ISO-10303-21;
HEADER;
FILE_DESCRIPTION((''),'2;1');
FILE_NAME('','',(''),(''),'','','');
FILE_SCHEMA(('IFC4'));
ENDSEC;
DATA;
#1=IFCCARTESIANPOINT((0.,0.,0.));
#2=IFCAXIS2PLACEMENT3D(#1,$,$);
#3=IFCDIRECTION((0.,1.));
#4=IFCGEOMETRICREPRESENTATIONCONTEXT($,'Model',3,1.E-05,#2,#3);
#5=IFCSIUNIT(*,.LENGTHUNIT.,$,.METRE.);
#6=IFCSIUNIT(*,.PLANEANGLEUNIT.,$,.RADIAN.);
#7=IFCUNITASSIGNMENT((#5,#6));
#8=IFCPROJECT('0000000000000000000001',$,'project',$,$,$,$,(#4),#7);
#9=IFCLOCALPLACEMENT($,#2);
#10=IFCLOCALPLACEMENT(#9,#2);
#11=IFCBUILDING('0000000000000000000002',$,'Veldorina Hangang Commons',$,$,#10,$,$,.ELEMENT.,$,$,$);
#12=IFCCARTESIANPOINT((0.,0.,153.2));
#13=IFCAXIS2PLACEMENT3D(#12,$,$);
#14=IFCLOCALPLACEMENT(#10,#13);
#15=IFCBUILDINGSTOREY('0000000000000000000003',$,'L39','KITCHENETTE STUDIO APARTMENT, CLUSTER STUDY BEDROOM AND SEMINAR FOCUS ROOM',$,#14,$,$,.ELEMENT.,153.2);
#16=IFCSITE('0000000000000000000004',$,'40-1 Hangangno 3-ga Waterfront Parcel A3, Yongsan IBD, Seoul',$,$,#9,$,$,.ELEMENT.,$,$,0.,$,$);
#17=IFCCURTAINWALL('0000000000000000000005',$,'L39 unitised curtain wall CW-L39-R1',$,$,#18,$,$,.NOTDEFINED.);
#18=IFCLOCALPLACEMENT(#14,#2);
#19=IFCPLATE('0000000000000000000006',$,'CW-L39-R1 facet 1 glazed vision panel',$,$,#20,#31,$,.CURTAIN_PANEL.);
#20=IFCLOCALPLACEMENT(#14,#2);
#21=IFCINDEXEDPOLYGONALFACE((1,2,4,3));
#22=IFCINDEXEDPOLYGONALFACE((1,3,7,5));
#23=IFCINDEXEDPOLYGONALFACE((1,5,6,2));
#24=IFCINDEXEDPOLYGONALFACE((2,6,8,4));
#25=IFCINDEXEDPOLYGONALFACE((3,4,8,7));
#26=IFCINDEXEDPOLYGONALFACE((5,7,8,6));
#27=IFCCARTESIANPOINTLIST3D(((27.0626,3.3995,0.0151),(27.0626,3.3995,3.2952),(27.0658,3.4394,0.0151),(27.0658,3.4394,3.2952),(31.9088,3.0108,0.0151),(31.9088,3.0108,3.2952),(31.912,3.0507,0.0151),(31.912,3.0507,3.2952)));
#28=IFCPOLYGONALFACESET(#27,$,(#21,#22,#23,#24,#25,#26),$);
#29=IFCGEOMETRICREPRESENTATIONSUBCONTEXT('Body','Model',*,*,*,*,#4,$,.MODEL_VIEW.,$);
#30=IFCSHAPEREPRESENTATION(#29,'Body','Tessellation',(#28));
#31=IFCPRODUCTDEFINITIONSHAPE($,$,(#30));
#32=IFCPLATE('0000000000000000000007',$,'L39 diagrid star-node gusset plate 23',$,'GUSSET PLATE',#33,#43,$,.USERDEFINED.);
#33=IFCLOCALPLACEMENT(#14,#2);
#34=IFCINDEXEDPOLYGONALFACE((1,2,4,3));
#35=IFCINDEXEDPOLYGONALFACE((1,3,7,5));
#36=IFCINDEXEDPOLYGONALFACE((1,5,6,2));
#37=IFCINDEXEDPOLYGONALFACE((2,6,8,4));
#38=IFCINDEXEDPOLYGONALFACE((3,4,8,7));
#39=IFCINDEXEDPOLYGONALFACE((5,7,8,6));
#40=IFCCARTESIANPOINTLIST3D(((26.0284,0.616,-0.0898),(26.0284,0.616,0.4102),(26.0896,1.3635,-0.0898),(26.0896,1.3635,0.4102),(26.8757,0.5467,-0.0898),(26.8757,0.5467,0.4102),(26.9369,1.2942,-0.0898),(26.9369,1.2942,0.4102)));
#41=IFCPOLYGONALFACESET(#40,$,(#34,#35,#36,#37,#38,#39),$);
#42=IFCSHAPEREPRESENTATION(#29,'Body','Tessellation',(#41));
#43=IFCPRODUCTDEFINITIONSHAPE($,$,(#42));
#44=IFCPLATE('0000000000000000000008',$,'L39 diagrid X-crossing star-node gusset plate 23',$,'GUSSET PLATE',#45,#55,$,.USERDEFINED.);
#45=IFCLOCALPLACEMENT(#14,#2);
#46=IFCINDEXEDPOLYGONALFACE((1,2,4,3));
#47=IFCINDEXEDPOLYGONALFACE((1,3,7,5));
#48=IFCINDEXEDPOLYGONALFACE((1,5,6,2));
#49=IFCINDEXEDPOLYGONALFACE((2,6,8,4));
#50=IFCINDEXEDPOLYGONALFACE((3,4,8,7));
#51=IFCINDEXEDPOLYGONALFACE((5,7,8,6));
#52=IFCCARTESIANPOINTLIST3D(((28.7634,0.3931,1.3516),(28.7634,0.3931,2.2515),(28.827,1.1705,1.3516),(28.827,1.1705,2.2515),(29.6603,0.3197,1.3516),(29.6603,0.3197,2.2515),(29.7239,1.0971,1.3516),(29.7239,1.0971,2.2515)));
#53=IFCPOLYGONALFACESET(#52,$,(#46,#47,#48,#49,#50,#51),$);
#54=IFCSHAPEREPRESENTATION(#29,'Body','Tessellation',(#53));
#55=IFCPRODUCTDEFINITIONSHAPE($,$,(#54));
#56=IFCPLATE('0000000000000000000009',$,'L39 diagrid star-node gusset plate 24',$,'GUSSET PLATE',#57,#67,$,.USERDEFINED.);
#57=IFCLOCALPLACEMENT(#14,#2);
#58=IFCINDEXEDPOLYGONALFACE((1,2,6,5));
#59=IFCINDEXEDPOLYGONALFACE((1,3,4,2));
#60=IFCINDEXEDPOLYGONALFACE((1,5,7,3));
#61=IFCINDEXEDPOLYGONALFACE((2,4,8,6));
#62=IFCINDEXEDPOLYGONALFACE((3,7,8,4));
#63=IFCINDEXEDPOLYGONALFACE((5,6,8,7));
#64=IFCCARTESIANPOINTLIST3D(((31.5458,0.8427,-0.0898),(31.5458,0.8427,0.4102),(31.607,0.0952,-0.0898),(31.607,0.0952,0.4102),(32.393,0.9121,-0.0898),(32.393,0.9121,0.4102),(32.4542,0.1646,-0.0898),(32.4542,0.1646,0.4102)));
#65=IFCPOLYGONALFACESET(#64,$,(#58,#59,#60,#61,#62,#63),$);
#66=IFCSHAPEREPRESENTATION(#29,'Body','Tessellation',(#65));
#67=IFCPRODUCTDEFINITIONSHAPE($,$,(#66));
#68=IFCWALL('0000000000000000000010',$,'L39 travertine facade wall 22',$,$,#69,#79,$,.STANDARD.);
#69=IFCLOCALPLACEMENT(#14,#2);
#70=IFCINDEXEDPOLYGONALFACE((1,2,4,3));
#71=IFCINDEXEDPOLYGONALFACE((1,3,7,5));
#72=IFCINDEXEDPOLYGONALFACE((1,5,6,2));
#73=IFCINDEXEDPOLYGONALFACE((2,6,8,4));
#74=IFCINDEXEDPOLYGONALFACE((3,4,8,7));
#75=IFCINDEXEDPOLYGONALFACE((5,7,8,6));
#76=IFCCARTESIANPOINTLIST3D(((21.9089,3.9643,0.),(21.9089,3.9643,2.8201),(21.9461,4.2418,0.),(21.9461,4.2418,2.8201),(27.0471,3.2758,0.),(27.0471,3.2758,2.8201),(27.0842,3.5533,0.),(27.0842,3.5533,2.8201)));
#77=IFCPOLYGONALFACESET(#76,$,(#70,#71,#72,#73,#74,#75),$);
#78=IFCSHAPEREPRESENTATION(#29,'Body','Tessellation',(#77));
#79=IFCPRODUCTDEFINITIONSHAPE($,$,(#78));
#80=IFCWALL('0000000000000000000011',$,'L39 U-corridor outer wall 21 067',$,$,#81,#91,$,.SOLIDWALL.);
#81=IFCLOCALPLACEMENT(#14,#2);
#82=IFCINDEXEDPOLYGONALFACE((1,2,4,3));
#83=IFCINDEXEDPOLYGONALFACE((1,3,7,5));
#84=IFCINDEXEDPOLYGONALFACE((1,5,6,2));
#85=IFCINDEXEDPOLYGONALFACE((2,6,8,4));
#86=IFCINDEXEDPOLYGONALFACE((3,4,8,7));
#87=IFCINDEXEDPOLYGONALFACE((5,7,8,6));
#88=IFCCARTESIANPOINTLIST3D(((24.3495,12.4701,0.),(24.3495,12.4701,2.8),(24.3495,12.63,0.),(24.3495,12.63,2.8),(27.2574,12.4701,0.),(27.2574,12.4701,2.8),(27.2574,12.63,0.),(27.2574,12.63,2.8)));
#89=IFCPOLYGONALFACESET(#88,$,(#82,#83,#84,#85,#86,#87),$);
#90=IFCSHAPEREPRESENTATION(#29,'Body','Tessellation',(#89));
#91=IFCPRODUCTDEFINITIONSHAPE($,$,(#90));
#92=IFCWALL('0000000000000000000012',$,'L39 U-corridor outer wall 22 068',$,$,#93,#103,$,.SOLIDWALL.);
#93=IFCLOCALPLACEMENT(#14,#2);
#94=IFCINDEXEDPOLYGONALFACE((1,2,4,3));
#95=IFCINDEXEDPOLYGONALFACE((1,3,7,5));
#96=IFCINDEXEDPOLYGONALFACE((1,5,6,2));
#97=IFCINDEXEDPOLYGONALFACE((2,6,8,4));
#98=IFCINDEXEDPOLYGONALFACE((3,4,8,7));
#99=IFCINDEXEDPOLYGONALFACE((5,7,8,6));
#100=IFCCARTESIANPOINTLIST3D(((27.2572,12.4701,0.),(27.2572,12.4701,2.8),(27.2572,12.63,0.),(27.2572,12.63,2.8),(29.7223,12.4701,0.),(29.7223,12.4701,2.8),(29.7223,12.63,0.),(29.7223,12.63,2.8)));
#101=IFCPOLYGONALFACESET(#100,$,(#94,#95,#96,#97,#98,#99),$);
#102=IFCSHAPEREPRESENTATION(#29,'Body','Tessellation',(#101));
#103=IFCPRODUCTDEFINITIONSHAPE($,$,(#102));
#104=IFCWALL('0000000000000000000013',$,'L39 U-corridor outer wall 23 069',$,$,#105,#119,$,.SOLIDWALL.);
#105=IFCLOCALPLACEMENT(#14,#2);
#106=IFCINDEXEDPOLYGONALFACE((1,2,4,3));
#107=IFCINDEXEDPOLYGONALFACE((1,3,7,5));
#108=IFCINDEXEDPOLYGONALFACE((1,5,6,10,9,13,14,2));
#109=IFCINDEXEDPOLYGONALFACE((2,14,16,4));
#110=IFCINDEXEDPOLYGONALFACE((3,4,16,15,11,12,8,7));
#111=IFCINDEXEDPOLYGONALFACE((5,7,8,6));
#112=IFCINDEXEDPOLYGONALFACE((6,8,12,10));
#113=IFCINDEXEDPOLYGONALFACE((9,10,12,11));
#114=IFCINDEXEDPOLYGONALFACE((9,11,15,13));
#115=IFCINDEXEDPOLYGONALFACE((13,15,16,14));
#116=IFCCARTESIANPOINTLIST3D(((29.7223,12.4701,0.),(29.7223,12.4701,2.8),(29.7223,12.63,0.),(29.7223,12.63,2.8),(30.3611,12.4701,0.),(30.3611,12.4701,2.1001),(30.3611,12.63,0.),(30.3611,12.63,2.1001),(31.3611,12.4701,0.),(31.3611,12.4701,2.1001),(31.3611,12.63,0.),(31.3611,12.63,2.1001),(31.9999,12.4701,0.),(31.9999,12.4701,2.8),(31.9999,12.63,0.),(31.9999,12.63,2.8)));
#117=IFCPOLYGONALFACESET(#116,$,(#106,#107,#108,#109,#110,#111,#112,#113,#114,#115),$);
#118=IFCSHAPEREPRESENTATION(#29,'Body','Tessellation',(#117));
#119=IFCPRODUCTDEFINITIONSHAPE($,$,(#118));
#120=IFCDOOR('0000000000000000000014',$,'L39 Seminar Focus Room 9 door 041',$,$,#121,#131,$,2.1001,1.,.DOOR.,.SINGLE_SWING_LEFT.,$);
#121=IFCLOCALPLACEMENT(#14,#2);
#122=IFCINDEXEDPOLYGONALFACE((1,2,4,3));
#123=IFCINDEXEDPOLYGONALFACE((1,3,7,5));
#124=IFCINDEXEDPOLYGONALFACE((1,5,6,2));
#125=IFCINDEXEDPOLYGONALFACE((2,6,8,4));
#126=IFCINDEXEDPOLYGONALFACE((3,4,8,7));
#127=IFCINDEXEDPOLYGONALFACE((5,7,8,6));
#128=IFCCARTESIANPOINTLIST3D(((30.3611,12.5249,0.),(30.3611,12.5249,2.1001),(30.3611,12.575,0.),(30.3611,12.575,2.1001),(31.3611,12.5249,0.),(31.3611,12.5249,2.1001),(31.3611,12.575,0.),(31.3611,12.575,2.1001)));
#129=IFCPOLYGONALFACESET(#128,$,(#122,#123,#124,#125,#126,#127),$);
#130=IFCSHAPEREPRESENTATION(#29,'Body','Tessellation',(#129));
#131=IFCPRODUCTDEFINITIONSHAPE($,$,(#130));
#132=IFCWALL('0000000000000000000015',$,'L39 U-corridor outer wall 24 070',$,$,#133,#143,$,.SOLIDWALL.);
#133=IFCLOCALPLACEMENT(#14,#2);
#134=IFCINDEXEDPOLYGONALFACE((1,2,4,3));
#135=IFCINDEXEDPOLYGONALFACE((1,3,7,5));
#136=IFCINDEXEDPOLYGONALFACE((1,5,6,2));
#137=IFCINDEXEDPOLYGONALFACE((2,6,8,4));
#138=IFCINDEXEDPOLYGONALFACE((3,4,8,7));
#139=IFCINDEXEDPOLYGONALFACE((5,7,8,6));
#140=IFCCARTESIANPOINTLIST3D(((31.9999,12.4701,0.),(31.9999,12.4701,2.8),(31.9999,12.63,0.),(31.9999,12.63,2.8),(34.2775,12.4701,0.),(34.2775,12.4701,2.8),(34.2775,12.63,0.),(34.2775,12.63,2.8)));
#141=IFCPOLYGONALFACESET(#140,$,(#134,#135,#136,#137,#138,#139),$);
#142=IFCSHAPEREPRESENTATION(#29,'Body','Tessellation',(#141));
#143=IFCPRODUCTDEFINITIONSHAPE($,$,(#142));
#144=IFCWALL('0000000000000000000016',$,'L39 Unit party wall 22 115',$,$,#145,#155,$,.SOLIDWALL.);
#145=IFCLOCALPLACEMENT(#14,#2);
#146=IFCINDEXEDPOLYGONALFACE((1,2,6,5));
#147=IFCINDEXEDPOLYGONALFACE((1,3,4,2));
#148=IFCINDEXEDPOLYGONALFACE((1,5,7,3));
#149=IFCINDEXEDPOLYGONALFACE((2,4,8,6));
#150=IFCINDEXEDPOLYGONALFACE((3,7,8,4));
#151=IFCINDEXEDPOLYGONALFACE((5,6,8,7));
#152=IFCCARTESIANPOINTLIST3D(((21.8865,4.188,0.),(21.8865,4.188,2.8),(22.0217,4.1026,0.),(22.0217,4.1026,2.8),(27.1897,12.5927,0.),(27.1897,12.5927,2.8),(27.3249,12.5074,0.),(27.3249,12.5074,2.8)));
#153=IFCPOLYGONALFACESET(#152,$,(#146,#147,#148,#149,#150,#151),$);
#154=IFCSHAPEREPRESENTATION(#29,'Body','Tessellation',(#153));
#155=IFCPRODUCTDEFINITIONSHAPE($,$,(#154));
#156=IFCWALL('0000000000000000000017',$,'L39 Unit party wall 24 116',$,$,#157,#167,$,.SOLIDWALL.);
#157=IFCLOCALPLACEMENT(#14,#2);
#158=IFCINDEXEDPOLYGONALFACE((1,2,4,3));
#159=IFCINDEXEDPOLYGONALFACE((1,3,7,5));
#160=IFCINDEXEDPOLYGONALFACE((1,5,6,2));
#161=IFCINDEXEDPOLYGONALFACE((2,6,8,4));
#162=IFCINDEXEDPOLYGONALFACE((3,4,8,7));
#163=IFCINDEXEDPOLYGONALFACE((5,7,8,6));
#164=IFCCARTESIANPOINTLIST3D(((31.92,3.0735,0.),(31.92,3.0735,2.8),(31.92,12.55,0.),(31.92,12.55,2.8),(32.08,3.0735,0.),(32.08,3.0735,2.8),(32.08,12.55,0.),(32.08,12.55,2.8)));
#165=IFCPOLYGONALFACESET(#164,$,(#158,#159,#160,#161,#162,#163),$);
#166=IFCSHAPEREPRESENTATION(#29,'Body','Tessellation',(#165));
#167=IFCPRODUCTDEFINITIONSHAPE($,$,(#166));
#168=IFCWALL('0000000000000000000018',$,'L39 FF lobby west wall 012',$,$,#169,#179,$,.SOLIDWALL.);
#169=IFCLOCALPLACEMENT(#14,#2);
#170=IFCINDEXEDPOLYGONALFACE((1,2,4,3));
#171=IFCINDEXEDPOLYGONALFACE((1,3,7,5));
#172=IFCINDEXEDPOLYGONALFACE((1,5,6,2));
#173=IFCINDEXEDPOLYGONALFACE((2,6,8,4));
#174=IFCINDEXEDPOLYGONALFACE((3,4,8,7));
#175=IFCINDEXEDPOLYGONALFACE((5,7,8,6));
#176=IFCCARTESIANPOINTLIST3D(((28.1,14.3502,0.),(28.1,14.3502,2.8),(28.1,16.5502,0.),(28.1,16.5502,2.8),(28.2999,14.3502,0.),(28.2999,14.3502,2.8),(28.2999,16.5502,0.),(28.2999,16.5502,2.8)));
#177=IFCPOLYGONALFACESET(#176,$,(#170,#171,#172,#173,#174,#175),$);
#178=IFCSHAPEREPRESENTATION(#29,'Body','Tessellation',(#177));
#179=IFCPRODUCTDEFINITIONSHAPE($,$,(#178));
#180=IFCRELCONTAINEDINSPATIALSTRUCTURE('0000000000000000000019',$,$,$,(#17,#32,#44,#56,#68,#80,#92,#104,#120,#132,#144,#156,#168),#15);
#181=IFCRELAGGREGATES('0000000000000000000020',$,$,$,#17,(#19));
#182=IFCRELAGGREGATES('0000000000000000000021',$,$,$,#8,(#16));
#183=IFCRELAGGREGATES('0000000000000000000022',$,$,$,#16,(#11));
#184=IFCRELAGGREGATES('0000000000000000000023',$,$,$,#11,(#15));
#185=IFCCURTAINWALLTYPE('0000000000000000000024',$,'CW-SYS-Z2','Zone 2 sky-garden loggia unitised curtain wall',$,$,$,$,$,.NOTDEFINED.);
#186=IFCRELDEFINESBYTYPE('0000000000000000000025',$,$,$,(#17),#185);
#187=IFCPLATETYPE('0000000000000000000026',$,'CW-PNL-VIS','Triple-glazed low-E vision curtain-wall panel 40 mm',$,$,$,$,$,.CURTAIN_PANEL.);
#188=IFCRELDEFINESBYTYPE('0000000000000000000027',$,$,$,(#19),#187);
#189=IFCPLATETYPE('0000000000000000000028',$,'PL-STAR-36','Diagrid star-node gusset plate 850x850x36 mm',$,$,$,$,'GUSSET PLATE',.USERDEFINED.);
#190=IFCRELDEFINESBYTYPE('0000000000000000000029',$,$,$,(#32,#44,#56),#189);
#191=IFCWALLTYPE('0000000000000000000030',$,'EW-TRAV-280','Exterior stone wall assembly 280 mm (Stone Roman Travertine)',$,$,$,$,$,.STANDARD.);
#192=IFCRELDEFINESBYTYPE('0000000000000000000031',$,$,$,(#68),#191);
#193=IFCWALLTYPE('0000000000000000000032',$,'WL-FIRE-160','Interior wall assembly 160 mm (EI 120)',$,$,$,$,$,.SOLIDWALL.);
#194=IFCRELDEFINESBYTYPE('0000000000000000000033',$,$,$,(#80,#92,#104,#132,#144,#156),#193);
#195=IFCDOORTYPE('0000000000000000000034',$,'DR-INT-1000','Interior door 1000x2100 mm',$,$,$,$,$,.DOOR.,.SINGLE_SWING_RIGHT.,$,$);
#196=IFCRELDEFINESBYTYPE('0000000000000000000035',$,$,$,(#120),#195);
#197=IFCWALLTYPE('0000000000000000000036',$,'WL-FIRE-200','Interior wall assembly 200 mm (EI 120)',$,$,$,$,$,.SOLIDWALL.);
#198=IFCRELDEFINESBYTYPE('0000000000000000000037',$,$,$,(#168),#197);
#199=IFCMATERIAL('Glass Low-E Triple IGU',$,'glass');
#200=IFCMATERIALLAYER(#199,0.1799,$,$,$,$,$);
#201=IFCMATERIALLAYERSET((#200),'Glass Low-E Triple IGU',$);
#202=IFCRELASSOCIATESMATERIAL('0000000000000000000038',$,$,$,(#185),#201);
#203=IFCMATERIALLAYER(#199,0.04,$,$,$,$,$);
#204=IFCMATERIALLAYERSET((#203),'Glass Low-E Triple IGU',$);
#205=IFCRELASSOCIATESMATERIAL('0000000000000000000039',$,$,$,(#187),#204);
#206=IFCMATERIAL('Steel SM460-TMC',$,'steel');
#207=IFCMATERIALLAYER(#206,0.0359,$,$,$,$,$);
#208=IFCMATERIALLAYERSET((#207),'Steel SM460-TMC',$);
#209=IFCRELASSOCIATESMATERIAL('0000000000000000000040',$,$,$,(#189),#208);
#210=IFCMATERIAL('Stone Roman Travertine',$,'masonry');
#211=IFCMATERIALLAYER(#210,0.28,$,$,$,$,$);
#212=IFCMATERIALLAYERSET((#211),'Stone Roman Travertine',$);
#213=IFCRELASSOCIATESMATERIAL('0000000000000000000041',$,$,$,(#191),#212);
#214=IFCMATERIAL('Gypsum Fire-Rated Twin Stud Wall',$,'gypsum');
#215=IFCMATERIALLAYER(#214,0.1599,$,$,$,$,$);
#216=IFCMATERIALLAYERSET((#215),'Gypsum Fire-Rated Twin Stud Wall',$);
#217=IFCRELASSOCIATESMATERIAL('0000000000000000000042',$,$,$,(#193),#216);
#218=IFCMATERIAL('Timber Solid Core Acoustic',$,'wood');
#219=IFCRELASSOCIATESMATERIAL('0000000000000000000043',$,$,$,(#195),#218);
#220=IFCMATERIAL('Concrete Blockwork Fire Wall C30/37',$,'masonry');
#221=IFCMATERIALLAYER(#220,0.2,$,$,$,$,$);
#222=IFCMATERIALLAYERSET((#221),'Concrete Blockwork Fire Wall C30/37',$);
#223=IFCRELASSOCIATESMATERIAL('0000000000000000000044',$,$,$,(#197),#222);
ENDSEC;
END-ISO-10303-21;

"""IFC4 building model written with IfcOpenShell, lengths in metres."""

from ifc_helpers import new_model, si_unit, direction, frame, frame_2d, origin, origin_2d, place, context, subcontext, project, spatial, rectangle, extrude, material, layer, layer_set, type_object, element, fill, aggregate, save


model = new_model("IFC4")

# Units and contexts
model_context = context("Model", 3, precision=1e-05, world=origin(), true_north=direction((0.0, 1.0)))
body_context = subcontext(model_context, "Body", "Model", "MODEL_VIEW")
ifc_project = project(units=[si_unit("LENGTHUNIT", "METRE"), si_unit("PLANEANGLEUNIT", "RADIAN")], contexts=[model_context])

# Site, building, storey
site_placement = place(None, origin())
site = spatial("IfcSite", under=ifc_project, at=site_placement, Name="40-1 Hangangno 3-ga Waterfront Parcel A3, Yongsan IBD, Seoul", CompositionType="ELEMENT", RefElevation=0.0)
building_placement = place(site_placement, origin())
building = spatial("IfcBuilding", under=site, at=building_placement, Name="Veldorina Hangang Commons", CompositionType="ELEMENT")
storey_placement = place(building_placement, frame((0.0, 0.0, 153.2)))
storey = spatial("IfcBuildingStorey", under=building, at=storey_placement, Name="L39", Description="KITCHENETTE STUDIO APARTMENT, CLUSTER STUDY BEDROOM AND SEMINAR FOCUS ROOM", CompositionType="ELEMENT", Elevation=153.2)

# Curtain wall
ifc_material_1 = material(Name="Glass Low-E Triple IGU", Category="glass")
ifc_layer_1 = layer(ifc_material_1, 0.1799)
ifc_layer_set_1 = layer_set([ifc_layer_1], Name="Glass Low-E Triple IGU")
curtain_wall_type = type_object("IfcCurtainWallType", Name="CW-SYS-Z2", Description="Zone 2 sky-garden loggia unitised curtain wall", PredefinedType="NOTDEFINED", material=ifc_layer_set_1)
curtain_wall_placement = place(storey_placement, origin())
curtain_wall = element("IfcCurtainWall", 1, at=curtain_wall_placement, inside=storey, type_object=curtain_wall_type, Name="L39 unitised curtain wall CW-L39-R1", PredefinedType="NOTDEFINED")

# Plate
ifc_layer_2 = layer(ifc_material_1, 0.04)
ifc_layer_set_2 = layer_set([ifc_layer_2], Name="Glass Low-E Triple IGU")
plate_type_1 = type_object("IfcPlateType", Name="CW-PNL-VIS", Description="Triple-glazed low-E vision curtain-wall panel 40 mm", PredefinedType="CURTAIN_PANEL", material=ifc_layer_set_2)
plate_1_placement = place(storey_placement, frame((29.4873, 3.2251, 0.0151), z_axis=(0.0, 0.0, 1.0), x_axis=(0.996798, -0.079955, 0.0)))
plate_1 = element("IfcPlate", 2, at=plate_1_placement, type_object=plate_type_1, Name="CW-L39-R1 facet 1 glazed vision panel", PredefinedType="CURTAIN_PANEL", context=body_context, shape_type="SweptSolid", body=[
    extrude(rectangle(XDim=4.8618, YDim=0.04, at=origin_2d()), origin(), (0.0, 0.0, 1.0), 3.28),
])
aggregate(curtain_wall, [plate_1])

# Plates
ifc_material_2 = material(Name="Steel SM460-TMC", Category="steel")
ifc_layer_3 = layer(ifc_material_2, 0.0359)
ifc_layer_set_3 = layer_set([ifc_layer_3], Name="Steel SM460-TMC")
plate_type_2 = type_object("IfcPlateType", Name="PL-STAR-36", Description="Diagrid star-node gusset plate 850x850x36 mm", ElementType="GUSSET PLATE", PredefinedType="USERDEFINED", material=ifc_layer_set_3)
plate_2_placement = place(storey_placement, frame((26.4827, 0.9551, -0.0898), z_axis=(0.0, 0.0, 1.0), x_axis=(0.996669, -0.081556, 0.0)))
element("IfcPlate", 3, at=plate_2_placement, inside=storey, type_object=plate_type_2, Name="L39 diagrid star-node gusset plate 23", ObjectType="GUSSET PLATE", PredefinedType="USERDEFINED", context=body_context, shape_type="SweptSolid", body=[
    extrude(rectangle(XDim=0.8501, YDim=0.75, at=origin_2d()), origin(), (0.0, 0.0, 1.0), 0.5),
])
plate_3_placement = place(storey_placement, frame((29.2437, 0.7451, 1.3516), z_axis=(0.0, 0.0, 1.0), x_axis=(0.996669, -0.081556, 0.0)))
element("IfcPlate", 4, at=plate_3_placement, inside=storey, type_object=plate_type_2, Name="L39 diagrid X-crossing star-node gusset plate 23", ObjectType="GUSSET PLATE", PredefinedType="USERDEFINED", context=body_context, shape_type="SweptSolid", body=[
    extrude(rectangle(XDim=0.8999, YDim=0.78, at=origin_2d()), origin(), (0.0, 0.0, 1.0), 0.8999),
])
plate_4_placement = place(storey_placement, frame((32.0, 0.5037, -0.0898), z_axis=(0.0, 0.0, 1.0), x_axis=(0.996669, 0.081556, 0.0)))
element("IfcPlate", 5, at=plate_4_placement, inside=storey, type_object=plate_type_2, Name="L39 diagrid star-node gusset plate 24", ObjectType="GUSSET PLATE", PredefinedType="USERDEFINED", context=body_context, shape_type="SweptSolid", body=[
    extrude(rectangle(XDim=0.8501, YDim=0.75, at=origin_2d()), origin(), (0.0, 0.0, 1.0), 0.5),
])

# Walls
ifc_material_3 = material(Name="Stone Roman Travertine", Category="masonry")
ifc_layer_4 = layer(ifc_material_3, 0.28)
ifc_layer_set_4 = layer_set([ifc_layer_4], Name="Stone Roman Travertine")
wall_type_1 = type_object("IfcWallType", Name="EW-TRAV-280", Description="Exterior stone wall assembly 280 mm (Stone Roman Travertine)", PredefinedType="STANDARD", material=ifc_layer_set_4)
wall_1_placement = place(storey_placement, frame((21.9275, 4.103, 0.0), z_axis=(0.0, 0.0, 1.0), x_axis=(0.991142, -0.132805, 0.0)))
element("IfcWall", 6, at=wall_1_placement, inside=storey, type_object=wall_type_1, Name="L39 travertine facade wall 22", PredefinedType="STANDARD", context=body_context, shape_type="SweptSolid", body=[
    extrude(rectangle(XDim=5.1841, YDim=0.28, at=frame_2d((2.592, 0.0))), origin(), (0.0, 0.0, 1.0), 2.8201),
])
ifc_material_4 = material(Name="Gypsum Fire-Rated Twin Stud Wall", Category="gypsum")
ifc_layer_5 = layer(ifc_material_4, 0.1599)
ifc_layer_set_5 = layer_set([ifc_layer_5], Name="Gypsum Fire-Rated Twin Stud Wall")
wall_type_2 = type_object("IfcWallType", Name="WL-FIRE-160", Description="Interior wall assembly 160 mm (EI 120)", PredefinedType="SOLIDWALL", material=ifc_layer_set_5)
wall_2_placement = place(storey_placement, frame((24.3494, 12.55, 0.0), z_axis=(0.0, 0.0, 1.0), x_axis=(1.0, 0.0, 0.0)))
element("IfcWall", 7, at=wall_2_placement, inside=storey, type_object=wall_type_2, Name="L39 U-corridor outer wall 21 067", PredefinedType="SOLIDWALL", context=body_context, shape_type="SweptSolid", body=[
    extrude(rectangle(XDim=2.908, YDim=0.1599, at=frame_2d((1.4541, 0.0))), origin(), (0.0, 0.0, 1.0), 2.8),
])
wall_3_placement = place(storey_placement, frame((27.2573, 12.55, 0.0), z_axis=(0.0, 0.0, 1.0), x_axis=(1.0, 0.0, 0.0)))
element("IfcWall", 8, at=wall_3_placement, inside=storey, type_object=wall_type_2, Name="L39 U-corridor outer wall 22 068", PredefinedType="SOLIDWALL", context=body_context, shape_type="SweptSolid", body=[
    extrude(rectangle(XDim=2.4651, YDim=0.1599, at=frame_2d((1.2324, 0.0))), origin(), (0.0, 0.0, 1.0), 2.8),
])

# Wall, opening, door
wall_4_placement = place(storey_placement, frame((29.7224, 12.55, 0.0), z_axis=(0.0, 0.0, 1.0), x_axis=(1.0, 0.0, 0.0)))
wall_4 = element("IfcWall", 9, at=wall_4_placement, inside=storey, type_object=wall_type_2, Name="L39 U-corridor outer wall 23 069", PredefinedType="SOLIDWALL", context=body_context, shape_type="SweptSolid", body=[
    extrude(rectangle(XDim=2.2776, YDim=0.1599, at=frame_2d((1.1387, 0.0))), origin(), (0.0, 0.0, 1.0), 2.8),
])
opening_1_placement = place(wall_4_placement, frame((0.6387, 0.0, 0.0)))
opening_1 = element("IfcOpeningElement", 10, at=opening_1_placement, cuts=wall_4, PredefinedType="OPENING", context=body_context, shape_type="SweptSolid", body=[
    extrude(rectangle(XDim=1.0, YDim=2.1001, at=frame_2d((0.5, 1.05))), frame((0.0, 0.0898, 0.0), z_axis=(0.0, -1.0, 0.0), x_axis=(1.0, 0.0, 0.0)), (0.0, 0.0, 1.0), 0.1799),
])
ifc_material_5 = material(Name="Timber Solid Core Acoustic", Category="wood")
door_type_1 = type_object("IfcDoorType", Name="DR-INT-1000", Description="Interior door 1000x2100 mm", OperationType="SINGLE_SWING_RIGHT", PredefinedType="DOOR", material=ifc_material_5)
door_1_placement = place(opening_1_placement, origin())
door_1 = element("IfcDoor", 11, at=door_1_placement, inside=storey, type_object=door_type_1, Name="L39 Seminar Focus Room 9 door 041", OperationType="SINGLE_SWING_LEFT", OverallHeight=2.1001, OverallWidth=1.0, PredefinedType="DOOR", context=body_context, shape_type="SweptSolid", body=[
    extrude(rectangle(XDim=1.0, YDim=2.1001, at=frame_2d((0.5, 1.05))), frame((0.0, 0.0249, 0.0), z_axis=(0.0, -1.0, 0.0), x_axis=(1.0, 0.0, 0.0)), (0.0, 0.0, 1.0), 0.05),
])
fill(opening_1, door_1)

# Walls
wall_5_placement = place(storey_placement, frame((32.0, 12.55, 0.0), z_axis=(0.0, 0.0, 1.0), x_axis=(1.0, 0.0, 0.0)))
element("IfcWall", 12, at=wall_5_placement, inside=storey, type_object=wall_type_2, Name="L39 U-corridor outer wall 24 070", PredefinedType="SOLIDWALL", context=body_context, shape_type="SweptSolid", body=[
    extrude(rectangle(XDim=2.2776, YDim=0.1599, at=frame_2d((1.1387, 0.0))), origin(), (0.0, 0.0, 1.0), 2.8),
])
wall_6_placement = place(storey_placement, frame((27.2573, 12.55, 0.0), z_axis=(0.0, 0.0, 1.0), x_axis=(-0.533629, -0.845719, 0.0)))
element("IfcWall", 13, at=wall_6_placement, inside=storey, type_object=wall_type_2, Name="L39 Unit party wall 22 115", PredefinedType="SOLIDWALL", context=body_context, shape_type="SweptSolid", body=[
    extrude(rectangle(XDim=9.938, YDim=0.1599, at=frame_2d((4.969, 0.0))), origin(), (0.0, 0.0, 1.0), 2.8),
])
wall_7_placement = place(storey_placement, frame((32.0, 12.55, 0.0), z_axis=(0.0, 0.0, 1.0), x_axis=(0.0, -1.0, 0.0)))
element("IfcWall", 14, at=wall_7_placement, inside=storey, type_object=wall_type_2, Name="L39 Unit party wall 24 116", PredefinedType="SOLIDWALL", context=body_context, shape_type="SweptSolid", body=[
    extrude(rectangle(XDim=9.4766, YDim=0.1599, at=frame_2d((4.7383, 0.0))), origin(), (0.0, 0.0, 1.0), 2.8),
])
ifc_material_6 = material(Name="Concrete Blockwork Fire Wall C30/37", Category="masonry")
ifc_layer_6 = layer(ifc_material_6, 0.2)
ifc_layer_set_6 = layer_set([ifc_layer_6], Name="Concrete Blockwork Fire Wall C30/37")
wall_type_3 = type_object("IfcWallType", Name="WL-FIRE-200", Description="Interior wall assembly 200 mm (EI 120)", PredefinedType="SOLIDWALL", material=ifc_layer_set_6)
wall_8_placement = place(storey_placement, frame((28.2, 14.3501, 0.0), z_axis=(0.0, 0.0, 1.0), x_axis=(0.0, 1.0, 0.0)))
element("IfcWall", 15, at=wall_8_placement, inside=storey, type_object=wall_type_3, Name="L39 FF lobby west wall 012", PredefinedType="SOLIDWALL", context=body_context, shape_type="SweptSolid", body=[
    extrude(rectangle(XDim=2.2, YDim=0.2, at=frame_2d((1.1001, 0.0))), origin(), (0.0, 0.0, 1.0), 2.8),
])

save(model, "model.ifc")
